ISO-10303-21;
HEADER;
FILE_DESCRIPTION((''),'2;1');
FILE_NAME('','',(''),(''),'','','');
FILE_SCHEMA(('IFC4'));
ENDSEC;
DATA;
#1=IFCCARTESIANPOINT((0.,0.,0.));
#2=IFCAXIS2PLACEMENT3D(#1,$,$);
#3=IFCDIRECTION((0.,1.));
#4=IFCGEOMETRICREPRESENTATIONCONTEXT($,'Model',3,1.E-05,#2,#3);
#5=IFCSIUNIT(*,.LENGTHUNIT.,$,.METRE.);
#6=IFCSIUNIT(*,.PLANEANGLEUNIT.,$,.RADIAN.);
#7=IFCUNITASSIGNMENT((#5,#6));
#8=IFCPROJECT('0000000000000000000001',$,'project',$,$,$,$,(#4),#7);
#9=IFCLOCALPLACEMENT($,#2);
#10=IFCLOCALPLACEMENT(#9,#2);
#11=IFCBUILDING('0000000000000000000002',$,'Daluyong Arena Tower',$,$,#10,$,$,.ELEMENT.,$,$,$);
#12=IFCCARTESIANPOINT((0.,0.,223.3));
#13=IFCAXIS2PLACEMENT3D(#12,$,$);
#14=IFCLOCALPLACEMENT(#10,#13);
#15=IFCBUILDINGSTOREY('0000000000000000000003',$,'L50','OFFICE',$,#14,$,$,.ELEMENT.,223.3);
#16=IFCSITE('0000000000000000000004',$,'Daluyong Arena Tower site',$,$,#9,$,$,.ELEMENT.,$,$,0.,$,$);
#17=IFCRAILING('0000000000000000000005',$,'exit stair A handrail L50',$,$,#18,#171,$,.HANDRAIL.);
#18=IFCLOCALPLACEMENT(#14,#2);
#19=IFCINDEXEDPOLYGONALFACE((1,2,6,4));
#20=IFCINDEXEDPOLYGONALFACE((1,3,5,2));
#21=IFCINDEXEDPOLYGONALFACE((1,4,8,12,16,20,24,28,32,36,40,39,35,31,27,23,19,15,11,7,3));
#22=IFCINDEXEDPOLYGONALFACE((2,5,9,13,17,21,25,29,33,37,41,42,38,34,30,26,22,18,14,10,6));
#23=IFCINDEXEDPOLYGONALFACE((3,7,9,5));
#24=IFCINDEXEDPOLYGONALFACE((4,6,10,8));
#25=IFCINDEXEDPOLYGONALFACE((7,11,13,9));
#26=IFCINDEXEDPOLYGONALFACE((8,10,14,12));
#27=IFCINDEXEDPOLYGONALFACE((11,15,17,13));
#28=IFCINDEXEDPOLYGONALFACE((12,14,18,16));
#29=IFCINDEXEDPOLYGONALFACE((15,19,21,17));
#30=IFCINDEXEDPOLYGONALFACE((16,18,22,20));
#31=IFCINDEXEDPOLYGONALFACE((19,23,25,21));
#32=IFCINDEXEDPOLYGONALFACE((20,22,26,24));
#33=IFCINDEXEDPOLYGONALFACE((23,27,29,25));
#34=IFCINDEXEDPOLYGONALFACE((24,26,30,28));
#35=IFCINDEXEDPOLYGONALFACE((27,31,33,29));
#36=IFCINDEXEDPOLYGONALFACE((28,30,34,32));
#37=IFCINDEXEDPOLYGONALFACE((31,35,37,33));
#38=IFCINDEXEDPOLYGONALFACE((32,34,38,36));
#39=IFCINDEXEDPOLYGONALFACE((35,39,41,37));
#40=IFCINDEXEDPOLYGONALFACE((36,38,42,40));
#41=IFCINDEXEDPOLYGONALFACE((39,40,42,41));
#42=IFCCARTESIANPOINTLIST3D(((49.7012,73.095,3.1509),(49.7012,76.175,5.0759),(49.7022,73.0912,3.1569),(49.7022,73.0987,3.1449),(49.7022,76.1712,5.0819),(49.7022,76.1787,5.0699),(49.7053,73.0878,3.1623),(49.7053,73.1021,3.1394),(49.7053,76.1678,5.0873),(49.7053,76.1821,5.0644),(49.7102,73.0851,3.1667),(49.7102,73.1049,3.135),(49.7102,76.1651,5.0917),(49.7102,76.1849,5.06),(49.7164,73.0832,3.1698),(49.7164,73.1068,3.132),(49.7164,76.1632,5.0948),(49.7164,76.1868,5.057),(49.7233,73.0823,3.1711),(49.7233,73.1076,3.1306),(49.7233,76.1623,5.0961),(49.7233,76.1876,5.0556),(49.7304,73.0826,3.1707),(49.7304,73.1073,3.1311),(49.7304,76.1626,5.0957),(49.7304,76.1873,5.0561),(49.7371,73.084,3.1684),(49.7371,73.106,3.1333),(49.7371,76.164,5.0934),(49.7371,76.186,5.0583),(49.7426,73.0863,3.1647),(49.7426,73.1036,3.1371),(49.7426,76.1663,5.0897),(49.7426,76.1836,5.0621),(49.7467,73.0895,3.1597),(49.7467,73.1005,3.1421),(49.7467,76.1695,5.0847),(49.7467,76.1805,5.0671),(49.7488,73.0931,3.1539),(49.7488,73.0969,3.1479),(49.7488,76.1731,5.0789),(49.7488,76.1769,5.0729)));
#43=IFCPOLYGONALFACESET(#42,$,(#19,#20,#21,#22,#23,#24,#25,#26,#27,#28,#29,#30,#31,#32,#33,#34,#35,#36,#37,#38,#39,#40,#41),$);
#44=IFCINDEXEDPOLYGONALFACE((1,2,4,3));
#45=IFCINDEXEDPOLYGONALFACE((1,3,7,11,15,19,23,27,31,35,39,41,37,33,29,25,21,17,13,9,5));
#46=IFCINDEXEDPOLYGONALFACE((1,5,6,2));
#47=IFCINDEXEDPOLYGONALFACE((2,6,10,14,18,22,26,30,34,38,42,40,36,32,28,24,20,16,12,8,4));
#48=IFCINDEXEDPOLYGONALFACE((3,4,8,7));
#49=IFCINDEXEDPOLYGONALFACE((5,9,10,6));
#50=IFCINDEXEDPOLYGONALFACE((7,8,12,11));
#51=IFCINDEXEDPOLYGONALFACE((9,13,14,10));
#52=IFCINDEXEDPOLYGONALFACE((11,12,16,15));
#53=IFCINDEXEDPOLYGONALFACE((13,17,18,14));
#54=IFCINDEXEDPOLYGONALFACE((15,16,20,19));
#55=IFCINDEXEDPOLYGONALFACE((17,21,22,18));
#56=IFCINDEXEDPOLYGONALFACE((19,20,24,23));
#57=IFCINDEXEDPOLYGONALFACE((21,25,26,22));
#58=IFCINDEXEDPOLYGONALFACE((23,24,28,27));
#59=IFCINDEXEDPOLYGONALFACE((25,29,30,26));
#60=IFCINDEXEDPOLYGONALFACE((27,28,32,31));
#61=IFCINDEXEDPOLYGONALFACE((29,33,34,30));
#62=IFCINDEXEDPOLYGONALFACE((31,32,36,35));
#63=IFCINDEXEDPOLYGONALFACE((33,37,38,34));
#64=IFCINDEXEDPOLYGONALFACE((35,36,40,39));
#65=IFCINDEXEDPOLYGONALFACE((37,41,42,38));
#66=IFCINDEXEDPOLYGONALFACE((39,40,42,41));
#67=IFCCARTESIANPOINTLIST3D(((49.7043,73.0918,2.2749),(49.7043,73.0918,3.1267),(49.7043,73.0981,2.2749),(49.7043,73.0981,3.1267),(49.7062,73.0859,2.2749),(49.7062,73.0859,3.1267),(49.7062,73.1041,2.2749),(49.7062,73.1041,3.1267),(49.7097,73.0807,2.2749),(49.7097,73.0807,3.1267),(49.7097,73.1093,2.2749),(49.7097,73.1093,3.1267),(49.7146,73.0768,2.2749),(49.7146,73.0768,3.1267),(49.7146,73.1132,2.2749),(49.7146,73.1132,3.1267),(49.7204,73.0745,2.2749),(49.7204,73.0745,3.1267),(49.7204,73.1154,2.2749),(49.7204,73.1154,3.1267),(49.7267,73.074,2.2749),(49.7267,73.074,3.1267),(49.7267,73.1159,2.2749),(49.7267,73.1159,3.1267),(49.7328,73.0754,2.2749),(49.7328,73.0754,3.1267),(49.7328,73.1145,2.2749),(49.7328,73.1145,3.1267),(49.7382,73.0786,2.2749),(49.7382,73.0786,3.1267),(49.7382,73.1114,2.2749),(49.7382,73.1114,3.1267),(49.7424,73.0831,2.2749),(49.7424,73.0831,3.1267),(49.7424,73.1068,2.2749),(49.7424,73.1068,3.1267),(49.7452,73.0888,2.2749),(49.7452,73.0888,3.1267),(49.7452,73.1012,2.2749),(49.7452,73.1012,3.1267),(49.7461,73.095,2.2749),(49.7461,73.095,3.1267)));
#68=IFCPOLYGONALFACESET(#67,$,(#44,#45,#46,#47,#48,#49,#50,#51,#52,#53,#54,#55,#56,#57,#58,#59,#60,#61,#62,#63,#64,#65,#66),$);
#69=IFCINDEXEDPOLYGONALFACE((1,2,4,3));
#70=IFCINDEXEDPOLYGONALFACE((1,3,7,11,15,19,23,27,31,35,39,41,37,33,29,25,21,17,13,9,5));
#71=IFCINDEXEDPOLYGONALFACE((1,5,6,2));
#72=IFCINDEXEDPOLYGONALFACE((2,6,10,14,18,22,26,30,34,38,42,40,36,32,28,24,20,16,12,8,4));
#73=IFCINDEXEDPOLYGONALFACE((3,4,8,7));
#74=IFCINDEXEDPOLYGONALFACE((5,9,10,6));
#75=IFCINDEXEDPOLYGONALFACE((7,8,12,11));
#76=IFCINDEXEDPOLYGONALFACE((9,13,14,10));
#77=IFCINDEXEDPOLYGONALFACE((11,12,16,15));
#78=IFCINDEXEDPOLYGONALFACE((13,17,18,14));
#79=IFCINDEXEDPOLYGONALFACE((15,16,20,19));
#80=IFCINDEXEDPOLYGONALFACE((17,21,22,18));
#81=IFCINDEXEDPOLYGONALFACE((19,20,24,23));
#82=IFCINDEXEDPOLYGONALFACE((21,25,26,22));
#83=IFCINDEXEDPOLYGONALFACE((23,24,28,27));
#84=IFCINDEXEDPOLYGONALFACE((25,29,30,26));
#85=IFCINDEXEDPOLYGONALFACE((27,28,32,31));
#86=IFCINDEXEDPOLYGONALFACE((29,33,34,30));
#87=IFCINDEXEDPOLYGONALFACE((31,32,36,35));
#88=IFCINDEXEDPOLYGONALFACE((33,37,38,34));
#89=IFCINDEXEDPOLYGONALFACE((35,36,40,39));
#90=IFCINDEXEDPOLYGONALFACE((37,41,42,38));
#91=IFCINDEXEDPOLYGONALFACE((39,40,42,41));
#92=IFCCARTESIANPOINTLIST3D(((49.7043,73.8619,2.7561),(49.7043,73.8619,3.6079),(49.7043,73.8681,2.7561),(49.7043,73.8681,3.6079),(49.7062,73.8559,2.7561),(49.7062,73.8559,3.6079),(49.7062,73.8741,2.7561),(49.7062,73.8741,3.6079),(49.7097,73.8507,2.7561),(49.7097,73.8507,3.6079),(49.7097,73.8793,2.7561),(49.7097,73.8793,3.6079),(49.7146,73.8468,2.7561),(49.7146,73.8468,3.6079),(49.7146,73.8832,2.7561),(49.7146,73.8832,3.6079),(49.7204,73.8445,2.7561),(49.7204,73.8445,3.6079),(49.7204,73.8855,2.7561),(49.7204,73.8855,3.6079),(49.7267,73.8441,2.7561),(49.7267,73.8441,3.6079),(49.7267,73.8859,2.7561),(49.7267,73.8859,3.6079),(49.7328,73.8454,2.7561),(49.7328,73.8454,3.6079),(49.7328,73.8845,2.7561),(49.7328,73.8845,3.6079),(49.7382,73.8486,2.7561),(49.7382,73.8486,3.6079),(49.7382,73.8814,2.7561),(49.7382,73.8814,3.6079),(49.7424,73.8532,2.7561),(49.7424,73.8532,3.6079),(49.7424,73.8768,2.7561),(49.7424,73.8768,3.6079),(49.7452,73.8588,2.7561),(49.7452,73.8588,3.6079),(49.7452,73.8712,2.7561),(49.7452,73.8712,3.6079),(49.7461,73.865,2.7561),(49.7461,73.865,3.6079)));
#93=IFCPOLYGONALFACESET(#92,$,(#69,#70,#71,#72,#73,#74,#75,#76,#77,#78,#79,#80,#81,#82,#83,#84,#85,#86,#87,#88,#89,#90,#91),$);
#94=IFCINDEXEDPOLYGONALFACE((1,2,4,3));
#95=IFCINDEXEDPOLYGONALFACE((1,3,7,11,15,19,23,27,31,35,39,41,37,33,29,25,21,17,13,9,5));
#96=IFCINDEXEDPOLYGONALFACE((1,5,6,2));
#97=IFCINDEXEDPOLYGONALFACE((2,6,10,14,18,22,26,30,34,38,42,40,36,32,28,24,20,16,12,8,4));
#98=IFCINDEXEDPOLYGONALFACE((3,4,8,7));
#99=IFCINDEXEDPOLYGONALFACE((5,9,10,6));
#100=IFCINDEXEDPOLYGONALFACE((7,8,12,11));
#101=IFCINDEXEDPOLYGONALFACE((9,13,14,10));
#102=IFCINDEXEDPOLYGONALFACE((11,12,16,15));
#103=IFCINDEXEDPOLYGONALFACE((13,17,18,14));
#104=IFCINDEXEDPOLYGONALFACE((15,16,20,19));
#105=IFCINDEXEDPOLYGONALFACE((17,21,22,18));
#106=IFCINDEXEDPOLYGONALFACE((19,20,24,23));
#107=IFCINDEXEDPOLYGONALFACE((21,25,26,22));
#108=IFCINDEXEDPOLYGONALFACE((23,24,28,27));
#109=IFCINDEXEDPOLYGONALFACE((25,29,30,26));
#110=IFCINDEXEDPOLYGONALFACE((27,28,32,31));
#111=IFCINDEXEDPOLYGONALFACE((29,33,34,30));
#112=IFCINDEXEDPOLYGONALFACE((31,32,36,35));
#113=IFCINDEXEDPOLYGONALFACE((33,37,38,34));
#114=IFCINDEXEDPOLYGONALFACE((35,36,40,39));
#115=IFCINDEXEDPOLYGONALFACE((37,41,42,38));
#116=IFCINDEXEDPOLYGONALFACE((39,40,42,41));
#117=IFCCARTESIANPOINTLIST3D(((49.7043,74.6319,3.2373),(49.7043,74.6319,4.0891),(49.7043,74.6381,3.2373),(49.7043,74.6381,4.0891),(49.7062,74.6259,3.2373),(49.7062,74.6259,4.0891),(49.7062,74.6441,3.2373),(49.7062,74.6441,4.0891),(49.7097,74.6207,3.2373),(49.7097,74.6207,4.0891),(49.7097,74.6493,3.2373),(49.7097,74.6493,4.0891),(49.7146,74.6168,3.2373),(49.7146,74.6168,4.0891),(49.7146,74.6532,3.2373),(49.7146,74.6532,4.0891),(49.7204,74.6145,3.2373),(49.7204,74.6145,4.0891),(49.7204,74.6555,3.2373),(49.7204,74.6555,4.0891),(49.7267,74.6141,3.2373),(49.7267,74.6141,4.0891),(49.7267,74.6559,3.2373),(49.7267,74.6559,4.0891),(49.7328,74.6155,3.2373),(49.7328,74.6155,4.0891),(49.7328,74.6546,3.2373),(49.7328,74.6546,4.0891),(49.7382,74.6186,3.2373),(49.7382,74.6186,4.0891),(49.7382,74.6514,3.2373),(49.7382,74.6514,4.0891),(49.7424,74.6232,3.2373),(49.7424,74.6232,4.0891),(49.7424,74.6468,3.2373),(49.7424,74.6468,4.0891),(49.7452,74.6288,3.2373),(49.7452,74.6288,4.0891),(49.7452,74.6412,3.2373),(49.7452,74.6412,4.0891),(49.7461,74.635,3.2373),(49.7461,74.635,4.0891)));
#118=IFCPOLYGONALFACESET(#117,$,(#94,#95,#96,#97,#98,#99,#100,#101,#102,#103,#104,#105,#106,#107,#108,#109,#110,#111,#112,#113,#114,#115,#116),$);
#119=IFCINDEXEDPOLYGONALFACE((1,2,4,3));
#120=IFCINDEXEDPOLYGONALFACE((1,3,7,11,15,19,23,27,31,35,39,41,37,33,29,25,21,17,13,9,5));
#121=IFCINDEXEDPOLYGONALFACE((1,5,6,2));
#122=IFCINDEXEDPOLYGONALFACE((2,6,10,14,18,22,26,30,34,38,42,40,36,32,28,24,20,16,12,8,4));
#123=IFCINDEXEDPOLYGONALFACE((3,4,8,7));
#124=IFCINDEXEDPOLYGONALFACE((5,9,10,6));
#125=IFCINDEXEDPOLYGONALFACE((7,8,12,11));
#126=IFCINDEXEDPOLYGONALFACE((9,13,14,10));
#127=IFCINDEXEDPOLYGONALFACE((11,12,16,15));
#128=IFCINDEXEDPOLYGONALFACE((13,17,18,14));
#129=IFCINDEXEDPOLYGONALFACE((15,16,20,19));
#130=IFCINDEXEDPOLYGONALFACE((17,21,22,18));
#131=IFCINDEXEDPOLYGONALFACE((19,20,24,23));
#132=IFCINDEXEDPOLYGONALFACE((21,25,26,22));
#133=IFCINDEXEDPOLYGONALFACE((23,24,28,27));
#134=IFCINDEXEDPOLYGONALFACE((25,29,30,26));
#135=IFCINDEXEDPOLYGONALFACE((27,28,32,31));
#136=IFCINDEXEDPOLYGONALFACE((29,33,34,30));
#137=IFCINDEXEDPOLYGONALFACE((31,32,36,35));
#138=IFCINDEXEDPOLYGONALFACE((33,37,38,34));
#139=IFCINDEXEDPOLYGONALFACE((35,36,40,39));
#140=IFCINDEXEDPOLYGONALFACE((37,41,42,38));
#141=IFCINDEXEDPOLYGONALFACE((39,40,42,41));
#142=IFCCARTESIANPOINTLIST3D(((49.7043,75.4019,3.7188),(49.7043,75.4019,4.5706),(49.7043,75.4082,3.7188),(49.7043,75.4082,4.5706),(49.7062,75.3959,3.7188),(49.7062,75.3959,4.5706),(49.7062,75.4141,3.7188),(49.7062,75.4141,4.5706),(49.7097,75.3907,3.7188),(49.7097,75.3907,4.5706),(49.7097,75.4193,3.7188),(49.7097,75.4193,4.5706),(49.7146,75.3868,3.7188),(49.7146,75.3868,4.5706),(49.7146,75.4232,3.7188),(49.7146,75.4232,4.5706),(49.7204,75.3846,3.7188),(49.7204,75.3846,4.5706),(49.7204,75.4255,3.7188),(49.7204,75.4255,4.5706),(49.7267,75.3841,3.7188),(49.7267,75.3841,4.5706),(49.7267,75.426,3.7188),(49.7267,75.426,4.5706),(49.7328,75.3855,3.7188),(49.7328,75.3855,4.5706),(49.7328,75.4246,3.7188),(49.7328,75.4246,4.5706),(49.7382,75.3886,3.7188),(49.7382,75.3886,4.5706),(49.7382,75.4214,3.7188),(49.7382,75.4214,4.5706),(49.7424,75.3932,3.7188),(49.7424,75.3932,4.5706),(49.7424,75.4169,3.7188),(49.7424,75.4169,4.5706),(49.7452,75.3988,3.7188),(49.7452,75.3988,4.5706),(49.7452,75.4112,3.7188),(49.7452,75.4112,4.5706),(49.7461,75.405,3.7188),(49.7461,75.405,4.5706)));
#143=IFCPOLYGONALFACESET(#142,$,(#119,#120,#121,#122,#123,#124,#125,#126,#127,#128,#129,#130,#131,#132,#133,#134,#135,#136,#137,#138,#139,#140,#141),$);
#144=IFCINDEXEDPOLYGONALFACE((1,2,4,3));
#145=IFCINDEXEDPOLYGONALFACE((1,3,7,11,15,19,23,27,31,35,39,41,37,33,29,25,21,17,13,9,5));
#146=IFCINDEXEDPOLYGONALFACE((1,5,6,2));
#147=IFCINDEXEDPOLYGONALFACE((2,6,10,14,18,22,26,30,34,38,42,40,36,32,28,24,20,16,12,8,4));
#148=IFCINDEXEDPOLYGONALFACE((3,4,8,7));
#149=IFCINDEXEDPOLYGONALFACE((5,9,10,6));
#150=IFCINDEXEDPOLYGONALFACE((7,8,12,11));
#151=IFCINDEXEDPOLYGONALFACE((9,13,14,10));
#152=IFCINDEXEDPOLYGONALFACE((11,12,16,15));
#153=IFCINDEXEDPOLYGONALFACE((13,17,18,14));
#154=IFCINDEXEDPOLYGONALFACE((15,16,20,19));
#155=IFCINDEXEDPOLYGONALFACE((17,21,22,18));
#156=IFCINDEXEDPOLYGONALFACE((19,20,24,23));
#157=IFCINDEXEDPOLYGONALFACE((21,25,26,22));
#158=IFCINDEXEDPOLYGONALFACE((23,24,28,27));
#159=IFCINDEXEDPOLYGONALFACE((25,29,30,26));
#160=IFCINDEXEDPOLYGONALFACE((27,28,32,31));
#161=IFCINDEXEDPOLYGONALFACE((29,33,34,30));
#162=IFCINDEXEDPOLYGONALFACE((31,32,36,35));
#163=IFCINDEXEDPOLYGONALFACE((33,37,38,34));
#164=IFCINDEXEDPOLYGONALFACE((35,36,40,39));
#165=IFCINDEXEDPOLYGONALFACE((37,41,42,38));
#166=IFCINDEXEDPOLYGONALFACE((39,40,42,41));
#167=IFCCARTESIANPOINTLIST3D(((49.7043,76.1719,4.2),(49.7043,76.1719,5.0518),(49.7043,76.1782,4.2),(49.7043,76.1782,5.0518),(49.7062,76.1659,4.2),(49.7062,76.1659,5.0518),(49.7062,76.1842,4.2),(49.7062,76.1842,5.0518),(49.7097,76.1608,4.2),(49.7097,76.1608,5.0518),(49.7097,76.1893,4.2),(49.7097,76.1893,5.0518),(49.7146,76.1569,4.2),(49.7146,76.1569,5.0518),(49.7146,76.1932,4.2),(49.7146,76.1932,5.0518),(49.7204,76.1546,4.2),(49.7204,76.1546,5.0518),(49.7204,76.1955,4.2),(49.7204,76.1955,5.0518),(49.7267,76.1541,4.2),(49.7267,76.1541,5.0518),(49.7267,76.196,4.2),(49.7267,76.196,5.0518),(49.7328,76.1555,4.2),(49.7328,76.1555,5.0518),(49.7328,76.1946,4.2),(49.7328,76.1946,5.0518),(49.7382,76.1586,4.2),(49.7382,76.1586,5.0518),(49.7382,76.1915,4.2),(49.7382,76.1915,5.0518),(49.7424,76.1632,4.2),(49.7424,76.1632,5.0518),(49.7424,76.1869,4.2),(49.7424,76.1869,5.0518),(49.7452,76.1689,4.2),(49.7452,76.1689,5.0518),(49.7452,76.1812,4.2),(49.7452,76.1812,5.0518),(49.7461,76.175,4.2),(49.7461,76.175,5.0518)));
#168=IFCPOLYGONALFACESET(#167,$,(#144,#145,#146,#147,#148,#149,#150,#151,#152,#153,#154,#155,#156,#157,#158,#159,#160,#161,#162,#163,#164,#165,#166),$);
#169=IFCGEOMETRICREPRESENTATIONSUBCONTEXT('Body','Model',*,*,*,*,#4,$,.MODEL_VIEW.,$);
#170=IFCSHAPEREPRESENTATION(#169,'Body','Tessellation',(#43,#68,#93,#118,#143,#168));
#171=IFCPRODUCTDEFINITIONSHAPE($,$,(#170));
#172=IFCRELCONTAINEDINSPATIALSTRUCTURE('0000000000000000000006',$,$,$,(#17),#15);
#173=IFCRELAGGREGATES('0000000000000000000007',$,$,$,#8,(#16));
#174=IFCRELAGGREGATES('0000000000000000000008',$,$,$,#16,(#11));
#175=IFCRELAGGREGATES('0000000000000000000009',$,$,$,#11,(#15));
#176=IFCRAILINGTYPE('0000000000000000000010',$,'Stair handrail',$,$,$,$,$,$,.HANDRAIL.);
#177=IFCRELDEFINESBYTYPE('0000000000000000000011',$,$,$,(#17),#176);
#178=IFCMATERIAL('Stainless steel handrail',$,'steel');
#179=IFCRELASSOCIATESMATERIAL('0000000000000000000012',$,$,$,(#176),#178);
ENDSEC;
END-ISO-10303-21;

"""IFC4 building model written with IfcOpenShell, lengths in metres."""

from ifc_helpers import new_model, si_unit, direction, frame, origin, origin_2d, place, context, subcontext, project, spatial, circle, extrude, material, type_object, element, save


model = new_model("IFC4")

# Units and contexts
model_context = context("Model", 3, precision=1e-05, world=origin(), true_north=direction((0.0, 1.0)))
body_context = subcontext(model_context, "Body", "Model", "MODEL_VIEW")
ifc_project = project(units=[si_unit("LENGTHUNIT", "METRE"), si_unit("PLANEANGLEUNIT", "RADIAN")], contexts=[model_context])

# Site, building, storey
site_placement = place(None, origin())
site = spatial("IfcSite", under=ifc_project, at=site_placement, Name="Daluyong Arena Tower site", CompositionType="ELEMENT", RefElevation=0.0)
building_placement = place(site_placement, origin())
building = spatial("IfcBuilding", under=site, at=building_placement, Name="Daluyong Arena Tower", CompositionType="ELEMENT")
storey_placement = place(building_placement, frame((0.0, 0.0, 223.3)))
storey = spatial("IfcBuildingStorey", under=building, at=storey_placement, Name="L50", Description="OFFICE", CompositionType="ELEMENT", Elevation=223.3)

# Railing
ifc_material_1 = material(Name="Stainless steel handrail", Category="steel")
railing_type = type_object("IfcRailingType", Name="Stair handrail", PredefinedType="HANDRAIL", material=ifc_material_1)
railing_placement = place(storey_placement, frame((49.7251, 73.095, 2.2749)))
element("IfcRailing", 1, at=railing_placement, inside=storey, type_object=railing_type, Name="exit stair A handrail L50", PredefinedType="HANDRAIL", context=body_context, shape_type="SweptSolid", body=[
    extrude(circle(Radius=0.0239, at=origin_2d()), frame((0.0, 0.0, 0.876), z_axis=(0.0, 0.847998, 0.529999), x_axis=(-1.0, 0.0, 0.0)), (0.0, 0.0, 1.0), 3.6321),
    extrude(circle(Radius=0.021, at=origin_2d()), origin(), (0.0, 0.0, 1.0), 0.8518),
    extrude(circle(Radius=0.021, at=origin_2d()), frame((0.0, 0.77, 0.4812)), (0.0, 0.0, 1.0), 0.8518),
    extrude(circle(Radius=0.021, at=origin_2d()), frame((0.0, 1.54, 0.9624)), (0.0, 0.0, 1.0), 0.8518),
    extrude(circle(Radius=0.021, at=origin_2d()), frame((0.0, 2.3101, 1.4438)), (0.0, 0.0, 1.0), 0.8518),
    extrude(circle(Radius=0.021, at=origin_2d()), frame((0.0, 3.0801, 1.925)), (0.0, 0.0, 1.0), 0.8518),
])

save(model, "model.ifc")
